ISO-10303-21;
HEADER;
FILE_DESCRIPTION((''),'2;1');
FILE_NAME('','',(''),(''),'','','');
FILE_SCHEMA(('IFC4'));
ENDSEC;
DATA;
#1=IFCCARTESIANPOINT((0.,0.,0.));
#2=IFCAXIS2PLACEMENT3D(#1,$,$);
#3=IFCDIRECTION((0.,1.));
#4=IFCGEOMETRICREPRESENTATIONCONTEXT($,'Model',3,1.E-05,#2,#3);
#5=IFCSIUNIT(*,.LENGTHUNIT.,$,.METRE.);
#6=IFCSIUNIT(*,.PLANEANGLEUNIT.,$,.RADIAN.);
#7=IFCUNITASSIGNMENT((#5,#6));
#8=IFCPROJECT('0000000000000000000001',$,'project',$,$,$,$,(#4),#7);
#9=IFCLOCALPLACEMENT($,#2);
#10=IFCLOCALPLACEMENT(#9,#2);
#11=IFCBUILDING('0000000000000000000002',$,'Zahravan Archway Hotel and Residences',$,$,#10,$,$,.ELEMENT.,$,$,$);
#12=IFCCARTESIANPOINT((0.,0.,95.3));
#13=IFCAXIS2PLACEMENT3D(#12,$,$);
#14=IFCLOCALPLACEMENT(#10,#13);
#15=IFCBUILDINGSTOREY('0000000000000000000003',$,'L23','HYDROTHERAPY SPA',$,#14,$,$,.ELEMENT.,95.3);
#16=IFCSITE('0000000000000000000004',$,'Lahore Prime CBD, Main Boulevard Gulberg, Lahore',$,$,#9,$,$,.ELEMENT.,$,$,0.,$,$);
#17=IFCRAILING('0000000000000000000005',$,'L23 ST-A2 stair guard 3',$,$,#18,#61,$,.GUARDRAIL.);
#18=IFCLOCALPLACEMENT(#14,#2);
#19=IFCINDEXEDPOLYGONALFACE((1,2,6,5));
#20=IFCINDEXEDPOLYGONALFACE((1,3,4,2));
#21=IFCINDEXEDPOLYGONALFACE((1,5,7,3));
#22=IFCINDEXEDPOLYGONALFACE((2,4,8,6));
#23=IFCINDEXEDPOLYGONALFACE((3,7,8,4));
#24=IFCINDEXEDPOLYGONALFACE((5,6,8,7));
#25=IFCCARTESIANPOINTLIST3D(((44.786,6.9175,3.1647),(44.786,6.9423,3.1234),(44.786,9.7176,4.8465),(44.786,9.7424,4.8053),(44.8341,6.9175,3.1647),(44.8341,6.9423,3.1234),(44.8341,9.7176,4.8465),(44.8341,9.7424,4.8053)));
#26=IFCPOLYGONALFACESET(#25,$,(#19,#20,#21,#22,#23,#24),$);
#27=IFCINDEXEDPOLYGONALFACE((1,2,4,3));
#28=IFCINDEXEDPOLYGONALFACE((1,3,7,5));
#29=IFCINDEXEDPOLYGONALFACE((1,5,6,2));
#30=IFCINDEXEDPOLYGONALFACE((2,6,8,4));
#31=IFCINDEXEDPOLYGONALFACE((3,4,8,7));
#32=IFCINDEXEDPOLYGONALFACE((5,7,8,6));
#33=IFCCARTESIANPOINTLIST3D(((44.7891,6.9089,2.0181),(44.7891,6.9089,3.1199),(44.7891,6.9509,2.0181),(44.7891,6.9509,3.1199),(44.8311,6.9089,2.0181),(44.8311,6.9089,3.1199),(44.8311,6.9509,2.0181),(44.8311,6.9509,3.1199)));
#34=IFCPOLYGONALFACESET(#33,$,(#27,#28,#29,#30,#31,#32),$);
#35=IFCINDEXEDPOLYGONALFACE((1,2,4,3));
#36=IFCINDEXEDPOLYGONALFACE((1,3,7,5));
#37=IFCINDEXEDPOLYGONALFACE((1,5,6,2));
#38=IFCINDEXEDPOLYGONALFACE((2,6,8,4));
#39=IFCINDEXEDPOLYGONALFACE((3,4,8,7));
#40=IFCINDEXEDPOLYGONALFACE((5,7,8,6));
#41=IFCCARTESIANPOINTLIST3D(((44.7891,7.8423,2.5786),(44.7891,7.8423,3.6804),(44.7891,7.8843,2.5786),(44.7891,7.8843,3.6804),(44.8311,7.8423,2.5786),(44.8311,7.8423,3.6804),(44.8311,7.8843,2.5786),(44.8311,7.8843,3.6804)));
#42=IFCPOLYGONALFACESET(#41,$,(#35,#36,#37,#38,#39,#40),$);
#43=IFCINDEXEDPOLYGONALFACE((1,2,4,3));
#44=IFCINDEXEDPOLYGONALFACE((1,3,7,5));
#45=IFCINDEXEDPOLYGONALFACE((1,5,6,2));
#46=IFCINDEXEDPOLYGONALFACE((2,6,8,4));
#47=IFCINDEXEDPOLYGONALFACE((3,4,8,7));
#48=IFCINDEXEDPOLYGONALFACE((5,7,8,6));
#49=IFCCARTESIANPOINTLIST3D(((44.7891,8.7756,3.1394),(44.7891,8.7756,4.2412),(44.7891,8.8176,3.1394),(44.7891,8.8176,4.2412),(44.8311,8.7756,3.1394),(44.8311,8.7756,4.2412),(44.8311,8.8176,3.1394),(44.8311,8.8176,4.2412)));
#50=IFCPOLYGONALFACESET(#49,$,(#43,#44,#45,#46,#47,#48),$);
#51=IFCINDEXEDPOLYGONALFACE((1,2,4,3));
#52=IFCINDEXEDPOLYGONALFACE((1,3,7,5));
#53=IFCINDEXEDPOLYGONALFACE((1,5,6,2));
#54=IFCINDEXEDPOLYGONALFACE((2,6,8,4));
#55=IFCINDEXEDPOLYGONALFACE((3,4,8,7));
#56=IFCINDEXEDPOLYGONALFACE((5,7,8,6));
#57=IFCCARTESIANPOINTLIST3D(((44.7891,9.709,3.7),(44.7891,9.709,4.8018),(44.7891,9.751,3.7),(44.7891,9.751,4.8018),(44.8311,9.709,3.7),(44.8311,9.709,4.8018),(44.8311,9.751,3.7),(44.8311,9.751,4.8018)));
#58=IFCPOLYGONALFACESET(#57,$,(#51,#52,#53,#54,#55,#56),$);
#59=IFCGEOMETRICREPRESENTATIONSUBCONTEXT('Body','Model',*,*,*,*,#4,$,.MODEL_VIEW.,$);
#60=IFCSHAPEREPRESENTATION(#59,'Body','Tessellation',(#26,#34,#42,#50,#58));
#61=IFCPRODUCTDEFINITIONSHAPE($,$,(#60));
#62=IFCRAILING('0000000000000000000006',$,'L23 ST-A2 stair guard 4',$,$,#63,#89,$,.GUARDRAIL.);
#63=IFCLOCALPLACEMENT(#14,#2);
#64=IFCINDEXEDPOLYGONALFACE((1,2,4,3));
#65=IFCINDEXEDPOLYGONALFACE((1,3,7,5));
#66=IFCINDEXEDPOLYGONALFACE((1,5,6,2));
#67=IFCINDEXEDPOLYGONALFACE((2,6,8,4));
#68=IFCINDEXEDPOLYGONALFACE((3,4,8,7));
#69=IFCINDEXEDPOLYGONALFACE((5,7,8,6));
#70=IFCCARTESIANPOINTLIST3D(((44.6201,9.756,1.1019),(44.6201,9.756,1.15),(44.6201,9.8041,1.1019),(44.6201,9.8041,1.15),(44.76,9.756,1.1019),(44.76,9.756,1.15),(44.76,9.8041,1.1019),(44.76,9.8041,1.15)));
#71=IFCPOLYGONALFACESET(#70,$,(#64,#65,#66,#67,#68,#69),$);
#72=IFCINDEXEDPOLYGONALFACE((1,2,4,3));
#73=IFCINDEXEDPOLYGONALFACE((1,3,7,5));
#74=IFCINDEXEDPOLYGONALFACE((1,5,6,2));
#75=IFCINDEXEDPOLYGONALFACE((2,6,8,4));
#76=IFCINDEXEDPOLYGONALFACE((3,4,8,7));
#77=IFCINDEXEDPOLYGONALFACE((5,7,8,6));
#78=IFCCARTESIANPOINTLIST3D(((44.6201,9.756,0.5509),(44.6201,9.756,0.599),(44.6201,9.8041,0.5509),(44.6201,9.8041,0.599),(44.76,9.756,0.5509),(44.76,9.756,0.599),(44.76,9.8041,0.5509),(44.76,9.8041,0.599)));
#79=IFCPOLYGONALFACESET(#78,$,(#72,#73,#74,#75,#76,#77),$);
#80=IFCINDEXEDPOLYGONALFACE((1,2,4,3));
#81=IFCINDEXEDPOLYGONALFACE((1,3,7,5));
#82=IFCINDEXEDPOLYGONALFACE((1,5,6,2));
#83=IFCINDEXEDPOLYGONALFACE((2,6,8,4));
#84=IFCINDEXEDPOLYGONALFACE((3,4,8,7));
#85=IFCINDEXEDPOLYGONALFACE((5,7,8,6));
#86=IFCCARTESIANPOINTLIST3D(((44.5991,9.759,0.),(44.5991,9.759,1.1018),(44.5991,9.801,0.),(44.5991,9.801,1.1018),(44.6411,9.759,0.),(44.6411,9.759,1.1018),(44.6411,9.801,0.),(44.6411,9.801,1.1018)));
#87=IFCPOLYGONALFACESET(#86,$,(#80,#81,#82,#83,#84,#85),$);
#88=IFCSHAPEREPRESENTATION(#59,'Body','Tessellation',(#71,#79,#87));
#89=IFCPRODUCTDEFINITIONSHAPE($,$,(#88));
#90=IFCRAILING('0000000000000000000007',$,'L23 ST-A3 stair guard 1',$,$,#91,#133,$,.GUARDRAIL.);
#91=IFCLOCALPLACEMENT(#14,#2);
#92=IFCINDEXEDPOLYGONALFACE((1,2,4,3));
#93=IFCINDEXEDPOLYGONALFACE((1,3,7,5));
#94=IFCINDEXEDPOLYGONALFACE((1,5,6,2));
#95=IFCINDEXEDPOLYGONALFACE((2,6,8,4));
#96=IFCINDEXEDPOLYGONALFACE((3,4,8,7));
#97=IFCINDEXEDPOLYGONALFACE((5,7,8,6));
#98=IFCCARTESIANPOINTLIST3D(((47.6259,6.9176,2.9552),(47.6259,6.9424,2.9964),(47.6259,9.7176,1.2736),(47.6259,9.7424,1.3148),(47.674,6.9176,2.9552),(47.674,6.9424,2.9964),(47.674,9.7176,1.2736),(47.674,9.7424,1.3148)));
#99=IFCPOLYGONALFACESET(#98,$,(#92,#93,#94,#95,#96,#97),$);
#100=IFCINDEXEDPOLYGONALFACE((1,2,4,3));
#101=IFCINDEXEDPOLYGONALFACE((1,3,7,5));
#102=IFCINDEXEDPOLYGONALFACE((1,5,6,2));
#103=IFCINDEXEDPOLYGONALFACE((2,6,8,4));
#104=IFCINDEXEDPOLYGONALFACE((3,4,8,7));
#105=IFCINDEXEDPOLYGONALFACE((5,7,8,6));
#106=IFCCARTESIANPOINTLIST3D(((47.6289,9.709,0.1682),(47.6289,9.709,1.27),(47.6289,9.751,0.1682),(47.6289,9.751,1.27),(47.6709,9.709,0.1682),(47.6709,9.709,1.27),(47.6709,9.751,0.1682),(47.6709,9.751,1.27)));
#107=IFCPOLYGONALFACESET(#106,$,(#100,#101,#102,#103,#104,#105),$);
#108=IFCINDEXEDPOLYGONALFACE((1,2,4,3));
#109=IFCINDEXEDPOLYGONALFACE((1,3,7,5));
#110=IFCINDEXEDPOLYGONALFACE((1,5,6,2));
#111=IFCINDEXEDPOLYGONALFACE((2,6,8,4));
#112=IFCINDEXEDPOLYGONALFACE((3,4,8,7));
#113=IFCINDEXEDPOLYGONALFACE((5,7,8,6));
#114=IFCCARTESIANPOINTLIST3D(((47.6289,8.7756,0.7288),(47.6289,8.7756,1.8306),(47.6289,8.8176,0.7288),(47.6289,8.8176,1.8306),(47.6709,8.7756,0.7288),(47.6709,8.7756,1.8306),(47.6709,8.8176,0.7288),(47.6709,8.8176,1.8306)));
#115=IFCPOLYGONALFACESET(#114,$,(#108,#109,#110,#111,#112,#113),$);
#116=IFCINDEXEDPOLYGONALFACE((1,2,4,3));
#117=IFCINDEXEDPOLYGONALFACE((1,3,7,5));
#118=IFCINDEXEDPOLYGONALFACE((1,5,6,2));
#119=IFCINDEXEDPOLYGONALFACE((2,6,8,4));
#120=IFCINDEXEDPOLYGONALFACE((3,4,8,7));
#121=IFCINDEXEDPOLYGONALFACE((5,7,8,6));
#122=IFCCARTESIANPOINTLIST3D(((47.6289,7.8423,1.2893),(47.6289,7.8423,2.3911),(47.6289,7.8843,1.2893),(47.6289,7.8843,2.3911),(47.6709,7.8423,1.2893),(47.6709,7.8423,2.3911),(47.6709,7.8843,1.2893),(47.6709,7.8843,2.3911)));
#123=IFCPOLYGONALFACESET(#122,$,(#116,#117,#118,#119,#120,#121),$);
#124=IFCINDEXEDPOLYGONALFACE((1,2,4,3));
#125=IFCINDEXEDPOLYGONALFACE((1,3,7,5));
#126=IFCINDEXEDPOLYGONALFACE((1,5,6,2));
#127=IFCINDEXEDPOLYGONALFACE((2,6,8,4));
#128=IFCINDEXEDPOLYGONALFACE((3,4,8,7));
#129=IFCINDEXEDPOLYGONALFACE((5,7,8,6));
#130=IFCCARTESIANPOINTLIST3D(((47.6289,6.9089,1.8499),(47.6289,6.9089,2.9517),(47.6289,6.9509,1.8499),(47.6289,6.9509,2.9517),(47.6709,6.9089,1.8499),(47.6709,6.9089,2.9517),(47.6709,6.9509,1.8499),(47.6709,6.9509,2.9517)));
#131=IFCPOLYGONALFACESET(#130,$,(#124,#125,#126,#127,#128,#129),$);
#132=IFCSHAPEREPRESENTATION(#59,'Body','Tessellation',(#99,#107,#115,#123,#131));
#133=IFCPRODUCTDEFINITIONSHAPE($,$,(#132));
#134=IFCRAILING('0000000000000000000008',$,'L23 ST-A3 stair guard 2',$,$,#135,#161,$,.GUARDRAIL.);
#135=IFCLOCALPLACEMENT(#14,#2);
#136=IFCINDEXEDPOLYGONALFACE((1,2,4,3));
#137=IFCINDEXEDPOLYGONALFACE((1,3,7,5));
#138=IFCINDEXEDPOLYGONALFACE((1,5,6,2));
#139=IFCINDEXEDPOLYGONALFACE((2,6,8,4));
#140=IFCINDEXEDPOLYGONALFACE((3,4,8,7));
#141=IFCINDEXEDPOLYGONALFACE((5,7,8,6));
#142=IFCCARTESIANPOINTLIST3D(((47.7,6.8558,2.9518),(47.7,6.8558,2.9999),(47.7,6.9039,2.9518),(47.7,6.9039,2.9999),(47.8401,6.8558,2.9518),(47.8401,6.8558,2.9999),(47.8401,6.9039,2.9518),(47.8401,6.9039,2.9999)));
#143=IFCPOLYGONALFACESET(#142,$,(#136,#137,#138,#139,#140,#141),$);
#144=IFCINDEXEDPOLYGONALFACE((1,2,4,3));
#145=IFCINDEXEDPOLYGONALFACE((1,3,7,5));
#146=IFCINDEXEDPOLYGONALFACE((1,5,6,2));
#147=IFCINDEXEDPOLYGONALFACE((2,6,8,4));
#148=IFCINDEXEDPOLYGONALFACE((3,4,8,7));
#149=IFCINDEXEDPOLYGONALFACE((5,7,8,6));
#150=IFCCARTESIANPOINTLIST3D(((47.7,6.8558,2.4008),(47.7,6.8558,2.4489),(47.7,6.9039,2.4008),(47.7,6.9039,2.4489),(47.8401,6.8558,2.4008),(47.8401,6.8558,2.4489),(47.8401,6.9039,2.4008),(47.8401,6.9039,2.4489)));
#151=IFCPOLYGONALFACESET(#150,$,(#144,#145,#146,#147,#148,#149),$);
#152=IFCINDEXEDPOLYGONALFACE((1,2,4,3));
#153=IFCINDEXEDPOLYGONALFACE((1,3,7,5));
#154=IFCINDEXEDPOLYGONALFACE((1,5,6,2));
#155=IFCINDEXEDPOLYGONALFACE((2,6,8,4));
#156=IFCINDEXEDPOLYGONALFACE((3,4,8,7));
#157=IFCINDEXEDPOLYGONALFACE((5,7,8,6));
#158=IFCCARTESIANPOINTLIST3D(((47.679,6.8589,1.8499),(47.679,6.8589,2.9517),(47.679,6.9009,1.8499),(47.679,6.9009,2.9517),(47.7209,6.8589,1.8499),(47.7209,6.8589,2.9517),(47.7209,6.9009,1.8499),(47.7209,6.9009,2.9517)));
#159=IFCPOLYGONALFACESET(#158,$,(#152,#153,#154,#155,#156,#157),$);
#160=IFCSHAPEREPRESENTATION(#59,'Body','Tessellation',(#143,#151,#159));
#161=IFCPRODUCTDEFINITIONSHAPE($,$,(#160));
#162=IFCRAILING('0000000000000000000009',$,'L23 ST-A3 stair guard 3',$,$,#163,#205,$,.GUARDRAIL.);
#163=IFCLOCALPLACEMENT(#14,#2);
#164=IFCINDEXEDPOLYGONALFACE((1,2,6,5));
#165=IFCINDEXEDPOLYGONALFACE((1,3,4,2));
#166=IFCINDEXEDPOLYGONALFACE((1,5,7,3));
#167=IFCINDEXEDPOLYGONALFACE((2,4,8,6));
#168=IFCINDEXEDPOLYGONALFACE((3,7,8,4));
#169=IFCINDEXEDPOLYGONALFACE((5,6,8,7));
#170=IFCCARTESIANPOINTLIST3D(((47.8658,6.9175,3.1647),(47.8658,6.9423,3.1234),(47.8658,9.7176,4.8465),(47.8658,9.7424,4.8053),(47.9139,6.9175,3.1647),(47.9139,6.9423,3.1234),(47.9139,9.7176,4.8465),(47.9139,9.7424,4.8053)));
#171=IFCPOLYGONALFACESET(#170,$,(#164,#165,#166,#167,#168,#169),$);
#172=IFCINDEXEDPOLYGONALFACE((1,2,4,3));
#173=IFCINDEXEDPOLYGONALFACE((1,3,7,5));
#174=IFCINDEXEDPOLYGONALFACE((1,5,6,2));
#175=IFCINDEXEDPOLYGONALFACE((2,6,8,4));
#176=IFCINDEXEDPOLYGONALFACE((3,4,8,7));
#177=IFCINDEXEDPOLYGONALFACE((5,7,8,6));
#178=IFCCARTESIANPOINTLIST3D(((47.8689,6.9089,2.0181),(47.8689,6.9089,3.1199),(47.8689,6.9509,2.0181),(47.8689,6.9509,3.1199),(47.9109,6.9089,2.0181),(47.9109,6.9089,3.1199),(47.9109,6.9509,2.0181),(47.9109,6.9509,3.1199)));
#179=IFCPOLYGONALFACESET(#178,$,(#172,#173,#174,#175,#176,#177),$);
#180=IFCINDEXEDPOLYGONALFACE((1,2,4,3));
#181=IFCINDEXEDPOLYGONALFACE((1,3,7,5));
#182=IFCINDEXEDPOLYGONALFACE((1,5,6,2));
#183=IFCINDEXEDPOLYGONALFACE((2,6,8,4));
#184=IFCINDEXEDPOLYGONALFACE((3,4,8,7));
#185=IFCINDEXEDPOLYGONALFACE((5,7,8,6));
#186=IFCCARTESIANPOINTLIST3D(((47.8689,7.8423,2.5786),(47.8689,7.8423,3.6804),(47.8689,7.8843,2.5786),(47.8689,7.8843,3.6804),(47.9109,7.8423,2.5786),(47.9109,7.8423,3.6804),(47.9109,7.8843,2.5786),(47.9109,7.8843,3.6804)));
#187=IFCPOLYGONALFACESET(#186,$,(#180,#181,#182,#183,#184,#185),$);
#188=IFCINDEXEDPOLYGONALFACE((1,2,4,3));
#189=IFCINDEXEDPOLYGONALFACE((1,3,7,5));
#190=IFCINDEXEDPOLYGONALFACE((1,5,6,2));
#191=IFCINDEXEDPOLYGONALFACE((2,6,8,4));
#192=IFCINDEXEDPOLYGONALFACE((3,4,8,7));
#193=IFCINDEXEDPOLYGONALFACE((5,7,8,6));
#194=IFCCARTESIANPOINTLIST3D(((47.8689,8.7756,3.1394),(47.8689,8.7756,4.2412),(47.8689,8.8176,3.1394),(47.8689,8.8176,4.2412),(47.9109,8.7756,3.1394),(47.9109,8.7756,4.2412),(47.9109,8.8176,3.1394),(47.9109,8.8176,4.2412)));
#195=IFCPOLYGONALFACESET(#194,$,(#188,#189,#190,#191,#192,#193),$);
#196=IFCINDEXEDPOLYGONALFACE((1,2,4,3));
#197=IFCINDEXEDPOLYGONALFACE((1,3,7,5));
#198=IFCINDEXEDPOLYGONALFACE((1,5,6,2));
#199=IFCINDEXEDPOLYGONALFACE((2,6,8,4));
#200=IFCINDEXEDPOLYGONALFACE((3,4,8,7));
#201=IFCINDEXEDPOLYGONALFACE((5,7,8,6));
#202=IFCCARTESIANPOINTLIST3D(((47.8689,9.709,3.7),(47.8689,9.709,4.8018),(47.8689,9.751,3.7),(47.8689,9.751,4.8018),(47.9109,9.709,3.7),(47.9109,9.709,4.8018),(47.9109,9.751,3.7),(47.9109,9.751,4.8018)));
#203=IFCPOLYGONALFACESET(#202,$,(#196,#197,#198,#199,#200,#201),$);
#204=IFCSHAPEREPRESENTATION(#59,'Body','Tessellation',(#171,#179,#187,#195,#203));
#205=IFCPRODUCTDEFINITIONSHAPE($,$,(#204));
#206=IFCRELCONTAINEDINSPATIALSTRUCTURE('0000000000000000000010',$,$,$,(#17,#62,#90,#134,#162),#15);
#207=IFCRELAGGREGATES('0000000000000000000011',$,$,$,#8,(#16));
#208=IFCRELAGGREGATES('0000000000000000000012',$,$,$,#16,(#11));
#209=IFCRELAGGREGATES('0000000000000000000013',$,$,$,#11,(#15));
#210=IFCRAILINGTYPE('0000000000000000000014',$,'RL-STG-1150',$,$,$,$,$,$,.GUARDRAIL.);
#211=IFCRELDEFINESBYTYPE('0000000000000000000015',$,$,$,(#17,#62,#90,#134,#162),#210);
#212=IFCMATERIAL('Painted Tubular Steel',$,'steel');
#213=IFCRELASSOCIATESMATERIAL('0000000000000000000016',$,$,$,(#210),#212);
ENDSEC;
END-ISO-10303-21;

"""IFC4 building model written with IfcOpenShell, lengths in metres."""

from ifc_helpers import new_model, si_unit, direction, frame, origin, origin_2d, place, context, subcontext, project, spatial, rectangle, extrude, material, type_object, element, save


model = new_model("IFC4")

# Units and contexts
model_context = context("Model", 3, precision=1e-05, world=origin(), true_north=direction((0.0, 1.0)))
body_context = subcontext(model_context, "Body", "Model", "MODEL_VIEW")
ifc_project = project(units=[si_unit("LENGTHUNIT", "METRE"), si_unit("PLANEANGLEUNIT", "RADIAN")], contexts=[model_context])

# Site, building, storey
site_placement = place(None, origin())
site = spatial("IfcSite", under=ifc_project, at=site_placement, Name="Lahore Prime CBD, Main Boulevard Gulberg, Lahore", CompositionType="ELEMENT", RefElevation=0.0)
building_placement = place(site_placement, origin())
building = spatial("IfcBuilding", under=site, at=building_placement, Name="Zahravan Archway Hotel and Residences", CompositionType="ELEMENT")
storey_placement = place(building_placement, frame((0.0, 0.0, 95.3)))
storey = spatial("IfcBuildingStorey", under=building, at=storey_placement, Name="L23", Description="HYDROTHERAPY SPA", CompositionType="ELEMENT", Elevation=95.3)

# Railings
ifc_material_1 = material(Name="Painted Tubular Steel", Category="steel")
railing_type_1 = type_object("IfcRailingType", Name="RL-STG-1150", PredefinedType="GUARDRAIL", material=ifc_material_1)
railing_1_placement = place(storey_placement, frame((44.8101, 6.9299, 2.0181)))
element("IfcRailing", 1, at=railing_1_placement, inside=storey, type_object=railing_type_1, Name="L23 ST-A2 stair guard 3", PredefinedType="GUARDRAIL", context=body_context, shape_type="SweptSolid", body=[
    extrude(rectangle(XDim=0.0481, YDim=0.0481, at=origin_2d()), frame((0.0, 0.0, 1.126), z_axis=(0.0, 0.857242, 0.514913), x_axis=(-1.0, 0.0, 0.0)), (0.0, 0.0, 1.0), 3.2664),
    extrude(rectangle(XDim=0.042, YDim=0.042, at=origin_2d()), origin(), (0.0, 0.0, 1.0), 1.1018),
    extrude(rectangle(XDim=0.042, YDim=0.042, at=origin_2d()), frame((0.0, 0.9333, 0.5605)), (0.0, 0.0, 1.0), 1.1018),
    extrude(rectangle(XDim=0.042, YDim=0.042, at=origin_2d()), frame((0.0, 1.8667, 1.1213)), (0.0, 0.0, 1.0), 1.1018),
    extrude(rectangle(XDim=0.042, YDim=0.042, at=origin_2d()), frame((0.0, 2.8, 1.6819)), (0.0, 0.0, 1.0), 1.1018),
])
railing_2_placement = place(storey_placement, frame((44.6201, 9.78, 0.0)))
element("IfcRailing", 2, at=railing_2_placement, inside=storey, type_object=railing_type_1, Name="L23 ST-A2 stair guard 4", PredefinedType="GUARDRAIL", context=body_context, shape_type="SweptSolid", body=[
    extrude(rectangle(XDim=0.0481, YDim=0.0481, at=origin_2d()), frame((0.0, 0.0, 1.126), z_axis=(1.0, 0.0, 0.0), x_axis=(0.0, 1.0, 0.0)), (0.0, 0.0, 1.0), 0.1399),
    extrude(rectangle(XDim=0.0481, YDim=0.0481, at=origin_2d()), frame((0.0, 0.0, 0.575), z_axis=(1.0, 0.0, 0.0), x_axis=(0.0, 1.0, 0.0)), (0.0, 0.0, 1.0), 0.1399),
    extrude(rectangle(XDim=0.042, YDim=0.042, at=origin_2d()), origin(), (0.0, 0.0, 1.0), 1.1018),
])
railing_3_placement = place(storey_placement, frame((47.6499, 9.73, 0.1682)))
element("IfcRailing", 3, at=railing_3_placement, inside=storey, type_object=railing_type_1, Name="L23 ST-A3 stair guard 1", PredefinedType="GUARDRAIL", context=body_context, shape_type="SweptSolid", body=[
    extrude(rectangle(XDim=0.0481, YDim=0.0481, at=origin_2d()), frame((0.0, 0.0, 1.126), z_axis=(0.0, -0.857275, 0.514858), x_axis=(1.0, 0.0, 0.0)), (0.0, 0.0, 1.0), 3.2661),
    extrude(rectangle(XDim=0.042, YDim=0.042, at=origin_2d()), origin(), (0.0, 0.0, 1.0), 1.1018),
    extrude(rectangle(XDim=0.042, YDim=0.042, at=origin_2d()), frame((0.0, -0.9333, 0.5605)), (0.0, 0.0, 1.0), 1.1018),
    extrude(rectangle(XDim=0.042, YDim=0.042, at=origin_2d()), frame((0.0, -1.8667, 1.1211)), (0.0, 0.0, 1.0), 1.1018),
    extrude(rectangle(XDim=0.042, YDim=0.042, at=origin_2d()), frame((0.0, -2.8, 1.6816)), (0.0, 0.0, 1.0), 1.1018),
])
railing_4_placement = place(storey_placement, frame((47.7, 6.8799, 1.8499)))
element("IfcRailing", 4, at=railing_4_placement, inside=storey, type_object=railing_type_1, Name="L23 ST-A3 stair guard 2", PredefinedType="GUARDRAIL", context=body_context, shape_type="SweptSolid", body=[
    extrude(rectangle(XDim=0.0481, YDim=0.0481, at=origin_2d()), frame((0.0, 0.0, 1.126), z_axis=(1.0, 0.0, 0.0), x_axis=(0.0, 1.0, 0.0)), (0.0, 0.0, 1.0), 0.1401),
    extrude(rectangle(XDim=0.0481, YDim=0.0481, at=origin_2d()), frame((0.0, 0.0, 0.575), z_axis=(1.0, 0.0, 0.0), x_axis=(0.0, 1.0, 0.0)), (0.0, 0.0, 1.0), 0.1401),
    extrude(rectangle(XDim=0.042, YDim=0.042, at=origin_2d()), origin(), (0.0, 0.0, 1.0), 1.1018),
])
railing_5_placement = place(storey_placement, frame((47.8899, 6.9299, 2.0181)))
element("IfcRailing", 5, at=railing_5_placement, inside=storey, type_object=railing_type_1, Name="L23 ST-A3 stair guard 3", PredefinedType="GUARDRAIL", context=body_context, shape_type="SweptSolid", body=[
    extrude(rectangle(XDim=0.0481, YDim=0.0481, at=origin_2d()), frame((0.0, 0.0, 1.126), z_axis=(0.0, 0.857242, 0.514913), x_axis=(-1.0, 0.0, 0.0)), (0.0, 0.0, 1.0), 3.2664),
    extrude(rectangle(XDim=0.042, YDim=0.042, at=origin_2d()), origin(), (0.0, 0.0, 1.0), 1.1018),
    extrude(rectangle(XDim=0.042, YDim=0.042, at=origin_2d()), frame((0.0, 0.9333, 0.5605)), (0.0, 0.0, 1.0), 1.1018),
    extrude(rectangle(XDim=0.042, YDim=0.042, at=origin_2d()), frame((0.0, 1.8667, 1.1213)), (0.0, 0.0, 1.0), 1.1018),
    extrude(rectangle(XDim=0.042, YDim=0.042, at=origin_2d()), frame((0.0, 2.8, 1.6819)), (0.0, 0.0, 1.0), 1.1018),
])

save(model, "model.ifc")
